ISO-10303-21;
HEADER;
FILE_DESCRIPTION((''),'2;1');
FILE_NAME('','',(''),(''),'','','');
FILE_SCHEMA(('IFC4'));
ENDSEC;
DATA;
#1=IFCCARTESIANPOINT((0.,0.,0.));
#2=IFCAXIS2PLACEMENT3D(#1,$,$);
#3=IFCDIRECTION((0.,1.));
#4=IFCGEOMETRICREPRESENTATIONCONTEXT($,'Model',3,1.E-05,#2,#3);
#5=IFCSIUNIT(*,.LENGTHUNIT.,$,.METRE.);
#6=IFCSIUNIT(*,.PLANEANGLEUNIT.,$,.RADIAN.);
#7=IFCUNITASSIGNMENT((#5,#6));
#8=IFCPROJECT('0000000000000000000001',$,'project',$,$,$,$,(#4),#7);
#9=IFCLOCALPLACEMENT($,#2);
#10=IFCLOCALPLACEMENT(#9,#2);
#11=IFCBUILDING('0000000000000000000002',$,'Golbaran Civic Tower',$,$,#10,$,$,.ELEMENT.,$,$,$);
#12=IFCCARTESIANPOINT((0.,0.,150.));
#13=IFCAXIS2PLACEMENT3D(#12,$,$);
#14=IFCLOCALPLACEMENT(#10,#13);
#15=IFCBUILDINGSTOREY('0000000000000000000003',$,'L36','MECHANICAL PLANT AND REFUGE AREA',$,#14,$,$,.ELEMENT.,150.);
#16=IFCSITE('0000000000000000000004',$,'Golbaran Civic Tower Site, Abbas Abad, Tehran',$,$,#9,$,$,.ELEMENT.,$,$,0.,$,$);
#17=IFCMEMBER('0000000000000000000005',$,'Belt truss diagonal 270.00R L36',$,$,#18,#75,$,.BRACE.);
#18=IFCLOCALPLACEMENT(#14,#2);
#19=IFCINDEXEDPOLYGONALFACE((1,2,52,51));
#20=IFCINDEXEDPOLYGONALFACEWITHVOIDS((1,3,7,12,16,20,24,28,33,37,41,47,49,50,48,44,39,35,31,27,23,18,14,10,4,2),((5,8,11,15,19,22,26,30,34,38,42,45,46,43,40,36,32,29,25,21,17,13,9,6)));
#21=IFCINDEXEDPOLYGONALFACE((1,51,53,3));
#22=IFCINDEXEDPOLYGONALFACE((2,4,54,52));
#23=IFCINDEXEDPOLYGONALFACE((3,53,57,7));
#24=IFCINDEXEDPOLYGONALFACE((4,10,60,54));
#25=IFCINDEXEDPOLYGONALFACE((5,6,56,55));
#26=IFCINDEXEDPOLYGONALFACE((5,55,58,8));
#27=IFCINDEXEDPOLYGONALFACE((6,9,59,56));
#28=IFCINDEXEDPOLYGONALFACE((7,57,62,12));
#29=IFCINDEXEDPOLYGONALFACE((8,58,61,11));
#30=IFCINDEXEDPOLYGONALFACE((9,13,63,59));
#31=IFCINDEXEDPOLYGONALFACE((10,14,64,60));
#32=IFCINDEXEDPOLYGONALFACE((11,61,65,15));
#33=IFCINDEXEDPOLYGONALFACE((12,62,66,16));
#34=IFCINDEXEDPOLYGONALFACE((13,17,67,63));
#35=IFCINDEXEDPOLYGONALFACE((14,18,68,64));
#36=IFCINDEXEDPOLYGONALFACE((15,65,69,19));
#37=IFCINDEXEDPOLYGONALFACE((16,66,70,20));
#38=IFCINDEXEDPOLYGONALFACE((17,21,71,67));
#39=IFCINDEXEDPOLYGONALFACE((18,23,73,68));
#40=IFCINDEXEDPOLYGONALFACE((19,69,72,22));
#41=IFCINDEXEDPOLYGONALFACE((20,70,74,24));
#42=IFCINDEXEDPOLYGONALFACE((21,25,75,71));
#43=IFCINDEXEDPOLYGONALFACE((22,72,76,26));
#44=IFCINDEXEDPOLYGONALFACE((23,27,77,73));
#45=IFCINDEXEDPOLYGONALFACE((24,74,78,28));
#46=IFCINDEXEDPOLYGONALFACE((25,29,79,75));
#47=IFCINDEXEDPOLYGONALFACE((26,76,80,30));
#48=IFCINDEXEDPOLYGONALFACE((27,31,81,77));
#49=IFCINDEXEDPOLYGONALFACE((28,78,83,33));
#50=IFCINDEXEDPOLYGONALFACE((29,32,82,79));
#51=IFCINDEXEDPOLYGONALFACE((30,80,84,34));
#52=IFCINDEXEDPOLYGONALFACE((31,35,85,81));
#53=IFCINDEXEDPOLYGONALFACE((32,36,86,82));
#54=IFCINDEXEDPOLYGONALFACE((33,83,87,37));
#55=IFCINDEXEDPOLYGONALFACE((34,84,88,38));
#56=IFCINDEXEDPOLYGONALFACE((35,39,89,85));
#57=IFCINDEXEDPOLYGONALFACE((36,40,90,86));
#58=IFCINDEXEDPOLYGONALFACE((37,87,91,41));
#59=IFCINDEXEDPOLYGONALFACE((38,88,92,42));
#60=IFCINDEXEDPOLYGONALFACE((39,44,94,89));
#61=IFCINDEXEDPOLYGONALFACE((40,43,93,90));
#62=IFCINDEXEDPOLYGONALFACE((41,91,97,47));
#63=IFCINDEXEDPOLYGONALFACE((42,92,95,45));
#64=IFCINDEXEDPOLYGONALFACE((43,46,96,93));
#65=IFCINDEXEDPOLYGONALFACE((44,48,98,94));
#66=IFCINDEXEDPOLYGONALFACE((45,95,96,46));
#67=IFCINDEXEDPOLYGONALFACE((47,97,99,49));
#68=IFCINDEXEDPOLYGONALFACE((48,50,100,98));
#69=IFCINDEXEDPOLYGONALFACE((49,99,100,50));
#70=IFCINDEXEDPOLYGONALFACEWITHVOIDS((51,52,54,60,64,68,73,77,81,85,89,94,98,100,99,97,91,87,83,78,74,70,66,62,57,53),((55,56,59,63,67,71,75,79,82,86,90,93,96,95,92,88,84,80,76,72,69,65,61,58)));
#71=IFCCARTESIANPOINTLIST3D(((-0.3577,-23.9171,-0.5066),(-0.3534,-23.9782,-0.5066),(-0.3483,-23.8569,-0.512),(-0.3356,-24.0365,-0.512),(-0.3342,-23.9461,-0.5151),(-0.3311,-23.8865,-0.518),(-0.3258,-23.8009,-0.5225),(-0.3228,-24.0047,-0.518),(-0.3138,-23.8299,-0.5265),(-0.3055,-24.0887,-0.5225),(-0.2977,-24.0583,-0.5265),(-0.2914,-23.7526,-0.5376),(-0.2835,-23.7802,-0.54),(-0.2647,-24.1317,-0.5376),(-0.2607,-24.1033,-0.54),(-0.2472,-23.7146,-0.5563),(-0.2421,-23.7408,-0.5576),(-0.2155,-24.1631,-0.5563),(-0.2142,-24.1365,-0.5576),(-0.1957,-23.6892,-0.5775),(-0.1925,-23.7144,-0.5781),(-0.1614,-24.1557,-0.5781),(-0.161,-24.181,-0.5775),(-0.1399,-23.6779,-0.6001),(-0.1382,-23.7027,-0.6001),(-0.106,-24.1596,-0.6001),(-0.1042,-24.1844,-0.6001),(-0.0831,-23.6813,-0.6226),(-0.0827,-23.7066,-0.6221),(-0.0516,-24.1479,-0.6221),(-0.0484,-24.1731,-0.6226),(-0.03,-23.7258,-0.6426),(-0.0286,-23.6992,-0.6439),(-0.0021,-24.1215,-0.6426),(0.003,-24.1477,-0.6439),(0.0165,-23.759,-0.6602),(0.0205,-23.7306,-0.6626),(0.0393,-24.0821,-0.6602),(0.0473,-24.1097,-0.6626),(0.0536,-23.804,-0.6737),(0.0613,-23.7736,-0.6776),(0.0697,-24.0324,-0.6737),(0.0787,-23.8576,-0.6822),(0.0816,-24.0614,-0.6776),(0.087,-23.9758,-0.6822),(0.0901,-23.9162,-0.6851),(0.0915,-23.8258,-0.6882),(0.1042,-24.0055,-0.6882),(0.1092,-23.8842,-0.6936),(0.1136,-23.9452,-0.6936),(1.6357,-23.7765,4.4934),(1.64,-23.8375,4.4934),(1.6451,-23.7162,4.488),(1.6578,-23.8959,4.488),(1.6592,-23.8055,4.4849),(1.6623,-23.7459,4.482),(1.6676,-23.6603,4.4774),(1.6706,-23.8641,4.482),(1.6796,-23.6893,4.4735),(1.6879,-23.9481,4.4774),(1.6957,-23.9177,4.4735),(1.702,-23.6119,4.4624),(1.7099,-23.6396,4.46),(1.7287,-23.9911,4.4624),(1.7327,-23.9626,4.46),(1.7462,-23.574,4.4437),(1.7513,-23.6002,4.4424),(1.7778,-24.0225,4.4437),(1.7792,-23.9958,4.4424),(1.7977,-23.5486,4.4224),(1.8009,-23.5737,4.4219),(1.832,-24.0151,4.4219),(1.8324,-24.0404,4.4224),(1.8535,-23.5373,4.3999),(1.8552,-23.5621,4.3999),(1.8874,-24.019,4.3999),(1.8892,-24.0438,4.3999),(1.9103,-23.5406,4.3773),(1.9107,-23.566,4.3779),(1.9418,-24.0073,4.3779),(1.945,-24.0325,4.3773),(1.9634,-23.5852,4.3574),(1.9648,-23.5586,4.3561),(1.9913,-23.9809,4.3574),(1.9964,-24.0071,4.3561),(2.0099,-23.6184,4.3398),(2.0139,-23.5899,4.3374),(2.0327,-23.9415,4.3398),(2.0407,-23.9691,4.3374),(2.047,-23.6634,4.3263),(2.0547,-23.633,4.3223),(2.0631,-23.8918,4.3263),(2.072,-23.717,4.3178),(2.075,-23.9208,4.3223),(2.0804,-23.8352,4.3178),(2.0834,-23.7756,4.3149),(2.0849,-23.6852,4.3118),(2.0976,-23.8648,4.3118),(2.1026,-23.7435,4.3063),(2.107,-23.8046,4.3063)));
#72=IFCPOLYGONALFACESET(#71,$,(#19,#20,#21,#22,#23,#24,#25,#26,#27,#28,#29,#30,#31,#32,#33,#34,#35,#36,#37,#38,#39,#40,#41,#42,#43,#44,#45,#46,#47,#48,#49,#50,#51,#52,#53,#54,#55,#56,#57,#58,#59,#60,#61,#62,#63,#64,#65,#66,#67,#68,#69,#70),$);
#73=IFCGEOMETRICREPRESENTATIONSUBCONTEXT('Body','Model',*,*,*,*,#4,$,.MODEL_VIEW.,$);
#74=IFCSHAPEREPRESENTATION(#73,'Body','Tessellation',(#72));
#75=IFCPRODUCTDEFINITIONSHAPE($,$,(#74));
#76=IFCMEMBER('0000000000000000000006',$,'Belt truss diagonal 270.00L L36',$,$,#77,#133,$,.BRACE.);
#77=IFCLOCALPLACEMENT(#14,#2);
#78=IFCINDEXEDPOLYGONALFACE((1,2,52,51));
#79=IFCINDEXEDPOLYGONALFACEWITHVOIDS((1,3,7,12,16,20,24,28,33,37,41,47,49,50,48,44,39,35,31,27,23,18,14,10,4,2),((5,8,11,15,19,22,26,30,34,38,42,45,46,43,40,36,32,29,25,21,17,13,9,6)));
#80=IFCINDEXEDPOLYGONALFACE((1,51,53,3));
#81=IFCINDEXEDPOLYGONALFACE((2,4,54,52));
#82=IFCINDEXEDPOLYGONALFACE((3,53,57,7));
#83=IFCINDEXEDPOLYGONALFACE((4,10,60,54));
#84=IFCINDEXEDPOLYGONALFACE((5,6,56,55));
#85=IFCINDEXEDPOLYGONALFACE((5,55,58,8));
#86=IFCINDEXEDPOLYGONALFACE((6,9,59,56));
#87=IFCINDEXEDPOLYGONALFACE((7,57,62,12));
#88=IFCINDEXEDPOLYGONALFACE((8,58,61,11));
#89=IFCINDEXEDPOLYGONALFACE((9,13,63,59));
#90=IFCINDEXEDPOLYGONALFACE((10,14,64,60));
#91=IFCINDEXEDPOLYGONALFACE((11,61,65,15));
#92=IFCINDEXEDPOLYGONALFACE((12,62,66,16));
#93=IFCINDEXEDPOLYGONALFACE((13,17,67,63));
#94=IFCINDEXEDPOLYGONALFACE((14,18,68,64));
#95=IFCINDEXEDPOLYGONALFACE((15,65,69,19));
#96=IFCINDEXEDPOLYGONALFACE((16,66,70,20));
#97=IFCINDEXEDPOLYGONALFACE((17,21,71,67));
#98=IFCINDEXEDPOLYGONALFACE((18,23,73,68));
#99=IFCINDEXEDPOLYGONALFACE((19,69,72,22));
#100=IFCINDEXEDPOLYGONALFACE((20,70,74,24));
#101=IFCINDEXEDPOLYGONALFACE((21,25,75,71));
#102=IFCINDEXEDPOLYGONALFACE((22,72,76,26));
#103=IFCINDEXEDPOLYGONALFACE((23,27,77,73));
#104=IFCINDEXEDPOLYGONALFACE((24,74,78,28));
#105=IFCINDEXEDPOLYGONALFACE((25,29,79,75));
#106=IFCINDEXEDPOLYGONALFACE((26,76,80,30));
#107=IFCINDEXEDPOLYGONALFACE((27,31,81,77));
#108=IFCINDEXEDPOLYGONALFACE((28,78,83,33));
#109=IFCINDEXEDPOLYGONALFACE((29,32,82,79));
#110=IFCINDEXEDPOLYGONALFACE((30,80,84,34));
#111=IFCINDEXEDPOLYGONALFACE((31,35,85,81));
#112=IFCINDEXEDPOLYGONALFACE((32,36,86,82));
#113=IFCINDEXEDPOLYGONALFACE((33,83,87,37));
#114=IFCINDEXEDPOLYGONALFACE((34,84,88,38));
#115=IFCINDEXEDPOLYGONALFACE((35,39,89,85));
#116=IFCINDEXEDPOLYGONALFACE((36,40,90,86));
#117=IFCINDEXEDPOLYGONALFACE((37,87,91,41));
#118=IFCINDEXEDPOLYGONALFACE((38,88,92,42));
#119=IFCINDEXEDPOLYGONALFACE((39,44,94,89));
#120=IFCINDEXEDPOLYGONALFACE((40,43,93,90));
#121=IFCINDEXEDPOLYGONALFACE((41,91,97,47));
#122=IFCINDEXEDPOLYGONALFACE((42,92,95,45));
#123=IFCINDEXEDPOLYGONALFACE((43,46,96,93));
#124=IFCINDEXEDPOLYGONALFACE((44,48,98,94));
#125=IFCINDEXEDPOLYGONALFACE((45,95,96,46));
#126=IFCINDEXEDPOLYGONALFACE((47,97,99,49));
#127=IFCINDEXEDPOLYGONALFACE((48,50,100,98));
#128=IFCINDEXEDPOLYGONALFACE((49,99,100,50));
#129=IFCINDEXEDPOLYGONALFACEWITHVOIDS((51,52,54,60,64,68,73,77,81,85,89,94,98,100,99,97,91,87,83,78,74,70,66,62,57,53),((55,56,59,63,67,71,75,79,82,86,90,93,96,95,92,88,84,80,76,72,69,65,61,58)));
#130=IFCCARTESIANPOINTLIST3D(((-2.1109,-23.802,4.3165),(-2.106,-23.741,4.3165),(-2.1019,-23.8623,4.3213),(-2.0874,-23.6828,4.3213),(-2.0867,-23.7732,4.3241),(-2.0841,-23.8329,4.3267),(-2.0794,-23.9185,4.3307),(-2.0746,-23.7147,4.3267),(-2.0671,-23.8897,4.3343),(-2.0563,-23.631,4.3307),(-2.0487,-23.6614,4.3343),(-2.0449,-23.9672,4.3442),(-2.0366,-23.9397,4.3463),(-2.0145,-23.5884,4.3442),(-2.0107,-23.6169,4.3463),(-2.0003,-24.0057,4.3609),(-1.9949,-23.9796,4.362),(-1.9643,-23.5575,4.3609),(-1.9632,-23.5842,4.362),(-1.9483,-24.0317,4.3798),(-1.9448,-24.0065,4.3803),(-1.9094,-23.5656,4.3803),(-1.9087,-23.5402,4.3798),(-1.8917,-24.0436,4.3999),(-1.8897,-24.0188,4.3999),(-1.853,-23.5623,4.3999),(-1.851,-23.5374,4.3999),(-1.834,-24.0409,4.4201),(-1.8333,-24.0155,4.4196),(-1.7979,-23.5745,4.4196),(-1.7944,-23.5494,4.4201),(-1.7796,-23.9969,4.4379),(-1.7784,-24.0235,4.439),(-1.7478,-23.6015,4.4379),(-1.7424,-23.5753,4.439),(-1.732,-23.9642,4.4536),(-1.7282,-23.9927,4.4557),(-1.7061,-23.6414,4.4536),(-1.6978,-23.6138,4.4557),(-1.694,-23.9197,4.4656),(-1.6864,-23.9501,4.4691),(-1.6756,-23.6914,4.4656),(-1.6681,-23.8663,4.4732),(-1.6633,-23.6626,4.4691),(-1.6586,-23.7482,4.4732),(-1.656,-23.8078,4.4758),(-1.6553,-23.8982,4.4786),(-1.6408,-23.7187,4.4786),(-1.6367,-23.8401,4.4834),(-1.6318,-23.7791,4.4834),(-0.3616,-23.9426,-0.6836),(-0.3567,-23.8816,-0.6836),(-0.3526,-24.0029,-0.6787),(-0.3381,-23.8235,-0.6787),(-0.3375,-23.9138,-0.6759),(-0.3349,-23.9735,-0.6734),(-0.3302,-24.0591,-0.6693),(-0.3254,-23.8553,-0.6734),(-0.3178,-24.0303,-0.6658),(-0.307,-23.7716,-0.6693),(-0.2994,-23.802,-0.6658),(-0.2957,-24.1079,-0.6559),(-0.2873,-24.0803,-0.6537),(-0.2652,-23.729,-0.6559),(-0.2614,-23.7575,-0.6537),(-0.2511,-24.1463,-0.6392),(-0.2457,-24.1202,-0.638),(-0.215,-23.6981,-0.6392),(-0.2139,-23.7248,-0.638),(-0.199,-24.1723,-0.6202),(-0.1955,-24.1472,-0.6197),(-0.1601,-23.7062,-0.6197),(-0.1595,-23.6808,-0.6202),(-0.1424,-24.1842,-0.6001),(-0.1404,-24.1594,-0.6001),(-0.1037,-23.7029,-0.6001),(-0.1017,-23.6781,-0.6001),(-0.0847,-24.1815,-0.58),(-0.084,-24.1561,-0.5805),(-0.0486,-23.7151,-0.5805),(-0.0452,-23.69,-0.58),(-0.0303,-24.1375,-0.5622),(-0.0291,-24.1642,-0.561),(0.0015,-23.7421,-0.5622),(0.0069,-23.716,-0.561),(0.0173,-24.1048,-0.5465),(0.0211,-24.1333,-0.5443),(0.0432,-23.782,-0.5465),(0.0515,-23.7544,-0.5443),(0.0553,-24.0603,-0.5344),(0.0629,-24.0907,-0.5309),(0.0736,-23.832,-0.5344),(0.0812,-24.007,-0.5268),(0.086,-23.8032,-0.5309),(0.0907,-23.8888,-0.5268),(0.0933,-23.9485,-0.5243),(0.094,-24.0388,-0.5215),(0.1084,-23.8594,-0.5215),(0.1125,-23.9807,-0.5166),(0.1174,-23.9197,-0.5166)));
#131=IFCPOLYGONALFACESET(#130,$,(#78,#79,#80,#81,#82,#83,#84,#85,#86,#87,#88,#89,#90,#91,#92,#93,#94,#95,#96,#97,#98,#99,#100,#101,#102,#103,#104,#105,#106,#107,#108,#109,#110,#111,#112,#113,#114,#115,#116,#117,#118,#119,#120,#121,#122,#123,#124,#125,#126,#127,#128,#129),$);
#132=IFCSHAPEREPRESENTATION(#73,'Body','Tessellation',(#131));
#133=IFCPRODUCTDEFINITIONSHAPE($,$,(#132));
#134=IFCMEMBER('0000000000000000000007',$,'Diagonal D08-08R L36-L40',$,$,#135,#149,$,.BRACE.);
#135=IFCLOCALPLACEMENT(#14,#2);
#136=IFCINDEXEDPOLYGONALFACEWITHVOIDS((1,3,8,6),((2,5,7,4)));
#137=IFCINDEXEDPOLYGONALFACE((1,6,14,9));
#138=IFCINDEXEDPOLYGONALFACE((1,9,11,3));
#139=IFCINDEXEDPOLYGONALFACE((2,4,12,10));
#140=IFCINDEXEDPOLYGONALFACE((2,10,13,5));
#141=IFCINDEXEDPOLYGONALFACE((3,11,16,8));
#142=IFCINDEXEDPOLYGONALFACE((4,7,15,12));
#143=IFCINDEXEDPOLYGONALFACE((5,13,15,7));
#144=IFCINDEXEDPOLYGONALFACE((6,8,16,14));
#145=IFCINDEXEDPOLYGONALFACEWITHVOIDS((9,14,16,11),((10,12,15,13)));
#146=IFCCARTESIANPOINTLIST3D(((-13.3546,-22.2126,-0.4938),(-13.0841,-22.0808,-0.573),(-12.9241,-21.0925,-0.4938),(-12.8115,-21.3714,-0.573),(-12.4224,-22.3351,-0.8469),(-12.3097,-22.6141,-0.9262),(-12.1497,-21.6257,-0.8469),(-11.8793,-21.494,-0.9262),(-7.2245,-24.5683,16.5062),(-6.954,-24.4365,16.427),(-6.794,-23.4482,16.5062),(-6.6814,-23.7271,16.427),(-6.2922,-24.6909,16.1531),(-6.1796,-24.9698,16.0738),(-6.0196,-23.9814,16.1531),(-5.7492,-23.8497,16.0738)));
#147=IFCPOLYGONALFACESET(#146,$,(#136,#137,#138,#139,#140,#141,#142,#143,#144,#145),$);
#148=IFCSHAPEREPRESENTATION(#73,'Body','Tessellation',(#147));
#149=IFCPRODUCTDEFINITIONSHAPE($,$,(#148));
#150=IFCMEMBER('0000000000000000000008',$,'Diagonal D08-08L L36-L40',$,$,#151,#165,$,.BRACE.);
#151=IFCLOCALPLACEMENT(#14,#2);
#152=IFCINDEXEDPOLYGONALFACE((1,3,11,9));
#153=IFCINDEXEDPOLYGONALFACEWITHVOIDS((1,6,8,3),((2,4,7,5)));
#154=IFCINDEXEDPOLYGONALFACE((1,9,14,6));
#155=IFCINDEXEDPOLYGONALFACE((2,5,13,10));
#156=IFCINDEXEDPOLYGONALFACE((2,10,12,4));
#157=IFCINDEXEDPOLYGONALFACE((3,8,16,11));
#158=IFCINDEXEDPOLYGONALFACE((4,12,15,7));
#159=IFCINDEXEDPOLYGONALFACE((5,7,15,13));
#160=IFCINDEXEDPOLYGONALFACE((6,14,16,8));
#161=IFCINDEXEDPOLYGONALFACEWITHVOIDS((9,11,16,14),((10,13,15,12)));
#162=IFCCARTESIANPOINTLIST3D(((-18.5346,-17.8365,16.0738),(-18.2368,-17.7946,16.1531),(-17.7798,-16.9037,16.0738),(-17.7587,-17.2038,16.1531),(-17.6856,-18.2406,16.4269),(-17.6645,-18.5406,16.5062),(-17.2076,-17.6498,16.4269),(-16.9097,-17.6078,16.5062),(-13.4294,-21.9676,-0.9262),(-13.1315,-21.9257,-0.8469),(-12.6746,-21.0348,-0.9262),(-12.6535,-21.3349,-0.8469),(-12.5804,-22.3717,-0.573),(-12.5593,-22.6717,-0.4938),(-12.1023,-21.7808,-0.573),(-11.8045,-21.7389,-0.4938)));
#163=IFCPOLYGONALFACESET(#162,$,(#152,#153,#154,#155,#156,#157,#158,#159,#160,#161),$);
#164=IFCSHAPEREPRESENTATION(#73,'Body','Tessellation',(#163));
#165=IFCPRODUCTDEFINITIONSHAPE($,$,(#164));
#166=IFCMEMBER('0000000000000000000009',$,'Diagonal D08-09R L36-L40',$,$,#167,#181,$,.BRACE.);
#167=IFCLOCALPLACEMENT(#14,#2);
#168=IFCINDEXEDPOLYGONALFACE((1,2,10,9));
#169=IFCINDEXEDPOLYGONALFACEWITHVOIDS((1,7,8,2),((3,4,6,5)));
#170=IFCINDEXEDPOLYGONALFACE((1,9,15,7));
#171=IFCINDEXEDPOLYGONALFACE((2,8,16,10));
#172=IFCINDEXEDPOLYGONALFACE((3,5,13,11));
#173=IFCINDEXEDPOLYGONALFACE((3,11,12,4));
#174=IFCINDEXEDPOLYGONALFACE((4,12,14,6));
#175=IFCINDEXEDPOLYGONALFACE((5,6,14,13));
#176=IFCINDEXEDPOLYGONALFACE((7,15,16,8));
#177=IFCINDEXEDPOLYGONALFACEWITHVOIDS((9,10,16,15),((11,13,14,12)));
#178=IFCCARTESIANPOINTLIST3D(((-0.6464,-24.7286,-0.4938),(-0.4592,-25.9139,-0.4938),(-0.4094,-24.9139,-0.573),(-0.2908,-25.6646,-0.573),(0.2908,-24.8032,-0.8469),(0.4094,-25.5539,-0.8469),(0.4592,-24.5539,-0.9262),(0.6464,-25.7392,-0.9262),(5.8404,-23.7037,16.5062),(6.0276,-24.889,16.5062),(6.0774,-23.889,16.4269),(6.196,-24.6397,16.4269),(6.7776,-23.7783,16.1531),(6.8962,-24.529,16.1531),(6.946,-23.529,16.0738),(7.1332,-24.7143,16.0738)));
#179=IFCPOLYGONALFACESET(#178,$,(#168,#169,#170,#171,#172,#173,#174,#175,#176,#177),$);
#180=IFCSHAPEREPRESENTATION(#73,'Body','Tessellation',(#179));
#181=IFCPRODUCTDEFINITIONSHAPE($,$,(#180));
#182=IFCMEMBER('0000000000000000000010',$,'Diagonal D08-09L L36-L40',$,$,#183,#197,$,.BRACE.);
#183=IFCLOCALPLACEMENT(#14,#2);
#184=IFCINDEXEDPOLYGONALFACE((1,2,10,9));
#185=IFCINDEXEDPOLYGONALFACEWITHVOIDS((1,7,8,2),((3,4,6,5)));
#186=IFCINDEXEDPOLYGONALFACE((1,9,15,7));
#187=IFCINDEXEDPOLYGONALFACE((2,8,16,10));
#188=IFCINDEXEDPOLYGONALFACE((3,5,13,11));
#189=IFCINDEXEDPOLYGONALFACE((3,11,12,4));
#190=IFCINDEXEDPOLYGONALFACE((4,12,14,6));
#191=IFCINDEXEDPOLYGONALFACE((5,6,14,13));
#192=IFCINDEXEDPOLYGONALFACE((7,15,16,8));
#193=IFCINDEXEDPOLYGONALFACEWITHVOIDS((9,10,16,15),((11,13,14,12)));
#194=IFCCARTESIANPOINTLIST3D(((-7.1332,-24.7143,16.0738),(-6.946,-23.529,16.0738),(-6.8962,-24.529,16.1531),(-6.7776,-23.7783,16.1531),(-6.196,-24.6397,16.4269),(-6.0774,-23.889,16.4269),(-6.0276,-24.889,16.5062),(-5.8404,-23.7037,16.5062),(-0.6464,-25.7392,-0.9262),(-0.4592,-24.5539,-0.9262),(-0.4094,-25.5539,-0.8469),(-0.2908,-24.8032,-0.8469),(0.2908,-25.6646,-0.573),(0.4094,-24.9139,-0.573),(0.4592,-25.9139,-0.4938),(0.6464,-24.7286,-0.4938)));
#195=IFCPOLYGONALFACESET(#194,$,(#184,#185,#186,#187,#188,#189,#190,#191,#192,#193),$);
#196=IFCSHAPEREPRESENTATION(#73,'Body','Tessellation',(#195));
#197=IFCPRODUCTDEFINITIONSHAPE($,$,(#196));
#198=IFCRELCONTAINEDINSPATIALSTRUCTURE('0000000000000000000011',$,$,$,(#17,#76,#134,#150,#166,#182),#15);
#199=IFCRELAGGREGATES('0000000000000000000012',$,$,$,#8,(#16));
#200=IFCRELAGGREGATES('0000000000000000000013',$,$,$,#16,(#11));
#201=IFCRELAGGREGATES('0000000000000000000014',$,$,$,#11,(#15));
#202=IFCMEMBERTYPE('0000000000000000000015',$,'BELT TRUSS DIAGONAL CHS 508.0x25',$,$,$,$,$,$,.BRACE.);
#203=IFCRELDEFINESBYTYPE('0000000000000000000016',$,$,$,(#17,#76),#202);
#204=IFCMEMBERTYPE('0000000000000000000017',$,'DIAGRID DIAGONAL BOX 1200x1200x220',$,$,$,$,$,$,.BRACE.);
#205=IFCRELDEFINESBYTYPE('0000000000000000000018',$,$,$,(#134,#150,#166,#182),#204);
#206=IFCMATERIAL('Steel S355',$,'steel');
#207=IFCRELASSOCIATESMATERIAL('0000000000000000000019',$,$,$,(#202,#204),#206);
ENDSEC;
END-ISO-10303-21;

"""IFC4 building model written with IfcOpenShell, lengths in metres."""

from ifc_helpers import new_model, si_unit, direction, frame, origin, origin_2d, place, context, subcontext, project, spatial, hollow_rectangle, hollow_circle, extrude, material, material_profile, profile_set, type_object, element, save


model = new_model("IFC4")

# Units and contexts
model_context = context("Model", 3, precision=1e-05, world=origin(), true_north=direction((0.0, 1.0)))
body_context = subcontext(model_context, "Body", "Model", "MODEL_VIEW")
ifc_project = project(units=[si_unit("LENGTHUNIT", "METRE"), si_unit("PLANEANGLEUNIT", "RADIAN")], contexts=[model_context])

# Site, building, storey
site_placement = place(None, origin())
site = spatial("IfcSite", under=ifc_project, at=site_placement, Name="Golbaran Civic Tower Site, Abbas Abad, Tehran", CompositionType="ELEMENT", RefElevation=0.0)
building_placement = place(site_placement, origin())
building = spatial("IfcBuilding", under=site, at=building_placement, Name="Golbaran Civic Tower", CompositionType="ELEMENT")
storey_placement = place(building_placement, frame((0.0, 0.0, 150.0)))
storey = spatial("IfcBuildingStorey", under=building, at=storey_placement, Name="L36", Description="MECHANICAL PLANT AND REFUGE AREA", CompositionType="ELEMENT", Elevation=150.0)

# Members
ifc_material_1 = material(Name="Steel S355", Category="steel")
ifc_material_profile_1 = material_profile(ifc_material_1, hollow_circle(Radius=0.2539, WallThickness=0.0249, at=origin_2d()), Name="CHS 508.0x25")
ifc_profile_set_1 = profile_set([ifc_material_profile_1], Name="Steel S355")
member_type_1 = type_object("IfcMemberType", Name="BELT TRUSS DIAGONAL CHS 508.0x25", PredefinedType="BRACE", material=ifc_profile_set_1)
member_1_placement = place(storey_placement, frame((-0.1221, -23.9312, -0.6001), z_axis=(0.370208, 0.026116, 0.928582), x_axis=(-0.07037, 0.997521, 0.0)))
element("IfcMember", 1, at=member_1_placement, inside=storey, type_object=member_type_1, Name="Belt truss diagonal 270.00R L36", PredefinedType="BRACE", context=body_context, shape_type="SweptSolid", body=[
    extrude(hollow_circle(Radius=0.2539, WallThickness=0.0249, at=origin_2d()), origin(), (0.0, 0.0, 1.0), 5.3845),
])
member_2_placement = place(storey_placement, frame((-0.1221, -23.9312, -0.6001), z_axis=(-0.330111, 0.026538, 0.943569), x_axis=(-0.080132, -0.996784, 0.0)))
element("IfcMember", 2, at=member_2_placement, inside=storey, type_object=member_type_1, Name="Belt truss diagonal 270.00L L36", PredefinedType="BRACE", context=body_context, shape_type="SweptSolid", body=[
    extrude(hollow_circle(Radius=0.2539, WallThickness=0.0249, at=origin_2d()), origin(), (0.0, 0.0, 1.0), 5.2991),
])
ifc_material_profile_2 = material_profile(ifc_material_1, hollow_rectangle(XDim=1.2, YDim=1.2, WallThickness=0.22, at=origin_2d()), Name="BOX 1200x1200x220")
ifc_profile_set_2 = profile_set([ifc_material_profile_2], Name="Steel S355")
member_type_2 = type_object("IfcMemberType", Name="DIAGRID DIAGONAL BOX 1200x1200x220", PredefinedType="BRACE", material=ifc_profile_set_2)
for number, where, z_axis, x_axis, name in (
    (3, (-12.6169, -21.8533, -0.71), (0.33637, -0.129262, 0.932817), (0.35871, 0.933449, 0.0), "Diagonal D08-08R L36-L40"),
    (4, (-12.6169, -21.8533, -0.71), (-0.280131, 0.22668, 0.932815), (-0.629042, -0.777371, 0.0), "Diagonal D08-08L L36-L40"),
    (5, (0.0, -25.2339, -0.71), (0.355941, 0.056238, 0.932815), (-0.156062, 0.987747, 0.0), "Diagonal D08-09R L36-L40"),
    (6, (0.0, -25.2339, -0.71), (-0.355941, 0.056238, 0.932815), (-0.156062, -0.987747, 0.0), "Diagonal D08-09L L36-L40"),
):
    element("IfcMember", number, at=place(storey_placement, frame(where, z_axis=z_axis, x_axis=x_axis)), inside=storey, type_object=member_type_2, Name=name, PredefinedType="BRACE", context=body_context, shape_type="SweptSolid", body=[
        extrude(hollow_rectangle(XDim=1.2, YDim=1.2, WallThickness=0.22, at=origin_2d()), origin(), (0.0, 0.0, 1.0), 18.2244),
    ])

save(model, "model.ifc")
